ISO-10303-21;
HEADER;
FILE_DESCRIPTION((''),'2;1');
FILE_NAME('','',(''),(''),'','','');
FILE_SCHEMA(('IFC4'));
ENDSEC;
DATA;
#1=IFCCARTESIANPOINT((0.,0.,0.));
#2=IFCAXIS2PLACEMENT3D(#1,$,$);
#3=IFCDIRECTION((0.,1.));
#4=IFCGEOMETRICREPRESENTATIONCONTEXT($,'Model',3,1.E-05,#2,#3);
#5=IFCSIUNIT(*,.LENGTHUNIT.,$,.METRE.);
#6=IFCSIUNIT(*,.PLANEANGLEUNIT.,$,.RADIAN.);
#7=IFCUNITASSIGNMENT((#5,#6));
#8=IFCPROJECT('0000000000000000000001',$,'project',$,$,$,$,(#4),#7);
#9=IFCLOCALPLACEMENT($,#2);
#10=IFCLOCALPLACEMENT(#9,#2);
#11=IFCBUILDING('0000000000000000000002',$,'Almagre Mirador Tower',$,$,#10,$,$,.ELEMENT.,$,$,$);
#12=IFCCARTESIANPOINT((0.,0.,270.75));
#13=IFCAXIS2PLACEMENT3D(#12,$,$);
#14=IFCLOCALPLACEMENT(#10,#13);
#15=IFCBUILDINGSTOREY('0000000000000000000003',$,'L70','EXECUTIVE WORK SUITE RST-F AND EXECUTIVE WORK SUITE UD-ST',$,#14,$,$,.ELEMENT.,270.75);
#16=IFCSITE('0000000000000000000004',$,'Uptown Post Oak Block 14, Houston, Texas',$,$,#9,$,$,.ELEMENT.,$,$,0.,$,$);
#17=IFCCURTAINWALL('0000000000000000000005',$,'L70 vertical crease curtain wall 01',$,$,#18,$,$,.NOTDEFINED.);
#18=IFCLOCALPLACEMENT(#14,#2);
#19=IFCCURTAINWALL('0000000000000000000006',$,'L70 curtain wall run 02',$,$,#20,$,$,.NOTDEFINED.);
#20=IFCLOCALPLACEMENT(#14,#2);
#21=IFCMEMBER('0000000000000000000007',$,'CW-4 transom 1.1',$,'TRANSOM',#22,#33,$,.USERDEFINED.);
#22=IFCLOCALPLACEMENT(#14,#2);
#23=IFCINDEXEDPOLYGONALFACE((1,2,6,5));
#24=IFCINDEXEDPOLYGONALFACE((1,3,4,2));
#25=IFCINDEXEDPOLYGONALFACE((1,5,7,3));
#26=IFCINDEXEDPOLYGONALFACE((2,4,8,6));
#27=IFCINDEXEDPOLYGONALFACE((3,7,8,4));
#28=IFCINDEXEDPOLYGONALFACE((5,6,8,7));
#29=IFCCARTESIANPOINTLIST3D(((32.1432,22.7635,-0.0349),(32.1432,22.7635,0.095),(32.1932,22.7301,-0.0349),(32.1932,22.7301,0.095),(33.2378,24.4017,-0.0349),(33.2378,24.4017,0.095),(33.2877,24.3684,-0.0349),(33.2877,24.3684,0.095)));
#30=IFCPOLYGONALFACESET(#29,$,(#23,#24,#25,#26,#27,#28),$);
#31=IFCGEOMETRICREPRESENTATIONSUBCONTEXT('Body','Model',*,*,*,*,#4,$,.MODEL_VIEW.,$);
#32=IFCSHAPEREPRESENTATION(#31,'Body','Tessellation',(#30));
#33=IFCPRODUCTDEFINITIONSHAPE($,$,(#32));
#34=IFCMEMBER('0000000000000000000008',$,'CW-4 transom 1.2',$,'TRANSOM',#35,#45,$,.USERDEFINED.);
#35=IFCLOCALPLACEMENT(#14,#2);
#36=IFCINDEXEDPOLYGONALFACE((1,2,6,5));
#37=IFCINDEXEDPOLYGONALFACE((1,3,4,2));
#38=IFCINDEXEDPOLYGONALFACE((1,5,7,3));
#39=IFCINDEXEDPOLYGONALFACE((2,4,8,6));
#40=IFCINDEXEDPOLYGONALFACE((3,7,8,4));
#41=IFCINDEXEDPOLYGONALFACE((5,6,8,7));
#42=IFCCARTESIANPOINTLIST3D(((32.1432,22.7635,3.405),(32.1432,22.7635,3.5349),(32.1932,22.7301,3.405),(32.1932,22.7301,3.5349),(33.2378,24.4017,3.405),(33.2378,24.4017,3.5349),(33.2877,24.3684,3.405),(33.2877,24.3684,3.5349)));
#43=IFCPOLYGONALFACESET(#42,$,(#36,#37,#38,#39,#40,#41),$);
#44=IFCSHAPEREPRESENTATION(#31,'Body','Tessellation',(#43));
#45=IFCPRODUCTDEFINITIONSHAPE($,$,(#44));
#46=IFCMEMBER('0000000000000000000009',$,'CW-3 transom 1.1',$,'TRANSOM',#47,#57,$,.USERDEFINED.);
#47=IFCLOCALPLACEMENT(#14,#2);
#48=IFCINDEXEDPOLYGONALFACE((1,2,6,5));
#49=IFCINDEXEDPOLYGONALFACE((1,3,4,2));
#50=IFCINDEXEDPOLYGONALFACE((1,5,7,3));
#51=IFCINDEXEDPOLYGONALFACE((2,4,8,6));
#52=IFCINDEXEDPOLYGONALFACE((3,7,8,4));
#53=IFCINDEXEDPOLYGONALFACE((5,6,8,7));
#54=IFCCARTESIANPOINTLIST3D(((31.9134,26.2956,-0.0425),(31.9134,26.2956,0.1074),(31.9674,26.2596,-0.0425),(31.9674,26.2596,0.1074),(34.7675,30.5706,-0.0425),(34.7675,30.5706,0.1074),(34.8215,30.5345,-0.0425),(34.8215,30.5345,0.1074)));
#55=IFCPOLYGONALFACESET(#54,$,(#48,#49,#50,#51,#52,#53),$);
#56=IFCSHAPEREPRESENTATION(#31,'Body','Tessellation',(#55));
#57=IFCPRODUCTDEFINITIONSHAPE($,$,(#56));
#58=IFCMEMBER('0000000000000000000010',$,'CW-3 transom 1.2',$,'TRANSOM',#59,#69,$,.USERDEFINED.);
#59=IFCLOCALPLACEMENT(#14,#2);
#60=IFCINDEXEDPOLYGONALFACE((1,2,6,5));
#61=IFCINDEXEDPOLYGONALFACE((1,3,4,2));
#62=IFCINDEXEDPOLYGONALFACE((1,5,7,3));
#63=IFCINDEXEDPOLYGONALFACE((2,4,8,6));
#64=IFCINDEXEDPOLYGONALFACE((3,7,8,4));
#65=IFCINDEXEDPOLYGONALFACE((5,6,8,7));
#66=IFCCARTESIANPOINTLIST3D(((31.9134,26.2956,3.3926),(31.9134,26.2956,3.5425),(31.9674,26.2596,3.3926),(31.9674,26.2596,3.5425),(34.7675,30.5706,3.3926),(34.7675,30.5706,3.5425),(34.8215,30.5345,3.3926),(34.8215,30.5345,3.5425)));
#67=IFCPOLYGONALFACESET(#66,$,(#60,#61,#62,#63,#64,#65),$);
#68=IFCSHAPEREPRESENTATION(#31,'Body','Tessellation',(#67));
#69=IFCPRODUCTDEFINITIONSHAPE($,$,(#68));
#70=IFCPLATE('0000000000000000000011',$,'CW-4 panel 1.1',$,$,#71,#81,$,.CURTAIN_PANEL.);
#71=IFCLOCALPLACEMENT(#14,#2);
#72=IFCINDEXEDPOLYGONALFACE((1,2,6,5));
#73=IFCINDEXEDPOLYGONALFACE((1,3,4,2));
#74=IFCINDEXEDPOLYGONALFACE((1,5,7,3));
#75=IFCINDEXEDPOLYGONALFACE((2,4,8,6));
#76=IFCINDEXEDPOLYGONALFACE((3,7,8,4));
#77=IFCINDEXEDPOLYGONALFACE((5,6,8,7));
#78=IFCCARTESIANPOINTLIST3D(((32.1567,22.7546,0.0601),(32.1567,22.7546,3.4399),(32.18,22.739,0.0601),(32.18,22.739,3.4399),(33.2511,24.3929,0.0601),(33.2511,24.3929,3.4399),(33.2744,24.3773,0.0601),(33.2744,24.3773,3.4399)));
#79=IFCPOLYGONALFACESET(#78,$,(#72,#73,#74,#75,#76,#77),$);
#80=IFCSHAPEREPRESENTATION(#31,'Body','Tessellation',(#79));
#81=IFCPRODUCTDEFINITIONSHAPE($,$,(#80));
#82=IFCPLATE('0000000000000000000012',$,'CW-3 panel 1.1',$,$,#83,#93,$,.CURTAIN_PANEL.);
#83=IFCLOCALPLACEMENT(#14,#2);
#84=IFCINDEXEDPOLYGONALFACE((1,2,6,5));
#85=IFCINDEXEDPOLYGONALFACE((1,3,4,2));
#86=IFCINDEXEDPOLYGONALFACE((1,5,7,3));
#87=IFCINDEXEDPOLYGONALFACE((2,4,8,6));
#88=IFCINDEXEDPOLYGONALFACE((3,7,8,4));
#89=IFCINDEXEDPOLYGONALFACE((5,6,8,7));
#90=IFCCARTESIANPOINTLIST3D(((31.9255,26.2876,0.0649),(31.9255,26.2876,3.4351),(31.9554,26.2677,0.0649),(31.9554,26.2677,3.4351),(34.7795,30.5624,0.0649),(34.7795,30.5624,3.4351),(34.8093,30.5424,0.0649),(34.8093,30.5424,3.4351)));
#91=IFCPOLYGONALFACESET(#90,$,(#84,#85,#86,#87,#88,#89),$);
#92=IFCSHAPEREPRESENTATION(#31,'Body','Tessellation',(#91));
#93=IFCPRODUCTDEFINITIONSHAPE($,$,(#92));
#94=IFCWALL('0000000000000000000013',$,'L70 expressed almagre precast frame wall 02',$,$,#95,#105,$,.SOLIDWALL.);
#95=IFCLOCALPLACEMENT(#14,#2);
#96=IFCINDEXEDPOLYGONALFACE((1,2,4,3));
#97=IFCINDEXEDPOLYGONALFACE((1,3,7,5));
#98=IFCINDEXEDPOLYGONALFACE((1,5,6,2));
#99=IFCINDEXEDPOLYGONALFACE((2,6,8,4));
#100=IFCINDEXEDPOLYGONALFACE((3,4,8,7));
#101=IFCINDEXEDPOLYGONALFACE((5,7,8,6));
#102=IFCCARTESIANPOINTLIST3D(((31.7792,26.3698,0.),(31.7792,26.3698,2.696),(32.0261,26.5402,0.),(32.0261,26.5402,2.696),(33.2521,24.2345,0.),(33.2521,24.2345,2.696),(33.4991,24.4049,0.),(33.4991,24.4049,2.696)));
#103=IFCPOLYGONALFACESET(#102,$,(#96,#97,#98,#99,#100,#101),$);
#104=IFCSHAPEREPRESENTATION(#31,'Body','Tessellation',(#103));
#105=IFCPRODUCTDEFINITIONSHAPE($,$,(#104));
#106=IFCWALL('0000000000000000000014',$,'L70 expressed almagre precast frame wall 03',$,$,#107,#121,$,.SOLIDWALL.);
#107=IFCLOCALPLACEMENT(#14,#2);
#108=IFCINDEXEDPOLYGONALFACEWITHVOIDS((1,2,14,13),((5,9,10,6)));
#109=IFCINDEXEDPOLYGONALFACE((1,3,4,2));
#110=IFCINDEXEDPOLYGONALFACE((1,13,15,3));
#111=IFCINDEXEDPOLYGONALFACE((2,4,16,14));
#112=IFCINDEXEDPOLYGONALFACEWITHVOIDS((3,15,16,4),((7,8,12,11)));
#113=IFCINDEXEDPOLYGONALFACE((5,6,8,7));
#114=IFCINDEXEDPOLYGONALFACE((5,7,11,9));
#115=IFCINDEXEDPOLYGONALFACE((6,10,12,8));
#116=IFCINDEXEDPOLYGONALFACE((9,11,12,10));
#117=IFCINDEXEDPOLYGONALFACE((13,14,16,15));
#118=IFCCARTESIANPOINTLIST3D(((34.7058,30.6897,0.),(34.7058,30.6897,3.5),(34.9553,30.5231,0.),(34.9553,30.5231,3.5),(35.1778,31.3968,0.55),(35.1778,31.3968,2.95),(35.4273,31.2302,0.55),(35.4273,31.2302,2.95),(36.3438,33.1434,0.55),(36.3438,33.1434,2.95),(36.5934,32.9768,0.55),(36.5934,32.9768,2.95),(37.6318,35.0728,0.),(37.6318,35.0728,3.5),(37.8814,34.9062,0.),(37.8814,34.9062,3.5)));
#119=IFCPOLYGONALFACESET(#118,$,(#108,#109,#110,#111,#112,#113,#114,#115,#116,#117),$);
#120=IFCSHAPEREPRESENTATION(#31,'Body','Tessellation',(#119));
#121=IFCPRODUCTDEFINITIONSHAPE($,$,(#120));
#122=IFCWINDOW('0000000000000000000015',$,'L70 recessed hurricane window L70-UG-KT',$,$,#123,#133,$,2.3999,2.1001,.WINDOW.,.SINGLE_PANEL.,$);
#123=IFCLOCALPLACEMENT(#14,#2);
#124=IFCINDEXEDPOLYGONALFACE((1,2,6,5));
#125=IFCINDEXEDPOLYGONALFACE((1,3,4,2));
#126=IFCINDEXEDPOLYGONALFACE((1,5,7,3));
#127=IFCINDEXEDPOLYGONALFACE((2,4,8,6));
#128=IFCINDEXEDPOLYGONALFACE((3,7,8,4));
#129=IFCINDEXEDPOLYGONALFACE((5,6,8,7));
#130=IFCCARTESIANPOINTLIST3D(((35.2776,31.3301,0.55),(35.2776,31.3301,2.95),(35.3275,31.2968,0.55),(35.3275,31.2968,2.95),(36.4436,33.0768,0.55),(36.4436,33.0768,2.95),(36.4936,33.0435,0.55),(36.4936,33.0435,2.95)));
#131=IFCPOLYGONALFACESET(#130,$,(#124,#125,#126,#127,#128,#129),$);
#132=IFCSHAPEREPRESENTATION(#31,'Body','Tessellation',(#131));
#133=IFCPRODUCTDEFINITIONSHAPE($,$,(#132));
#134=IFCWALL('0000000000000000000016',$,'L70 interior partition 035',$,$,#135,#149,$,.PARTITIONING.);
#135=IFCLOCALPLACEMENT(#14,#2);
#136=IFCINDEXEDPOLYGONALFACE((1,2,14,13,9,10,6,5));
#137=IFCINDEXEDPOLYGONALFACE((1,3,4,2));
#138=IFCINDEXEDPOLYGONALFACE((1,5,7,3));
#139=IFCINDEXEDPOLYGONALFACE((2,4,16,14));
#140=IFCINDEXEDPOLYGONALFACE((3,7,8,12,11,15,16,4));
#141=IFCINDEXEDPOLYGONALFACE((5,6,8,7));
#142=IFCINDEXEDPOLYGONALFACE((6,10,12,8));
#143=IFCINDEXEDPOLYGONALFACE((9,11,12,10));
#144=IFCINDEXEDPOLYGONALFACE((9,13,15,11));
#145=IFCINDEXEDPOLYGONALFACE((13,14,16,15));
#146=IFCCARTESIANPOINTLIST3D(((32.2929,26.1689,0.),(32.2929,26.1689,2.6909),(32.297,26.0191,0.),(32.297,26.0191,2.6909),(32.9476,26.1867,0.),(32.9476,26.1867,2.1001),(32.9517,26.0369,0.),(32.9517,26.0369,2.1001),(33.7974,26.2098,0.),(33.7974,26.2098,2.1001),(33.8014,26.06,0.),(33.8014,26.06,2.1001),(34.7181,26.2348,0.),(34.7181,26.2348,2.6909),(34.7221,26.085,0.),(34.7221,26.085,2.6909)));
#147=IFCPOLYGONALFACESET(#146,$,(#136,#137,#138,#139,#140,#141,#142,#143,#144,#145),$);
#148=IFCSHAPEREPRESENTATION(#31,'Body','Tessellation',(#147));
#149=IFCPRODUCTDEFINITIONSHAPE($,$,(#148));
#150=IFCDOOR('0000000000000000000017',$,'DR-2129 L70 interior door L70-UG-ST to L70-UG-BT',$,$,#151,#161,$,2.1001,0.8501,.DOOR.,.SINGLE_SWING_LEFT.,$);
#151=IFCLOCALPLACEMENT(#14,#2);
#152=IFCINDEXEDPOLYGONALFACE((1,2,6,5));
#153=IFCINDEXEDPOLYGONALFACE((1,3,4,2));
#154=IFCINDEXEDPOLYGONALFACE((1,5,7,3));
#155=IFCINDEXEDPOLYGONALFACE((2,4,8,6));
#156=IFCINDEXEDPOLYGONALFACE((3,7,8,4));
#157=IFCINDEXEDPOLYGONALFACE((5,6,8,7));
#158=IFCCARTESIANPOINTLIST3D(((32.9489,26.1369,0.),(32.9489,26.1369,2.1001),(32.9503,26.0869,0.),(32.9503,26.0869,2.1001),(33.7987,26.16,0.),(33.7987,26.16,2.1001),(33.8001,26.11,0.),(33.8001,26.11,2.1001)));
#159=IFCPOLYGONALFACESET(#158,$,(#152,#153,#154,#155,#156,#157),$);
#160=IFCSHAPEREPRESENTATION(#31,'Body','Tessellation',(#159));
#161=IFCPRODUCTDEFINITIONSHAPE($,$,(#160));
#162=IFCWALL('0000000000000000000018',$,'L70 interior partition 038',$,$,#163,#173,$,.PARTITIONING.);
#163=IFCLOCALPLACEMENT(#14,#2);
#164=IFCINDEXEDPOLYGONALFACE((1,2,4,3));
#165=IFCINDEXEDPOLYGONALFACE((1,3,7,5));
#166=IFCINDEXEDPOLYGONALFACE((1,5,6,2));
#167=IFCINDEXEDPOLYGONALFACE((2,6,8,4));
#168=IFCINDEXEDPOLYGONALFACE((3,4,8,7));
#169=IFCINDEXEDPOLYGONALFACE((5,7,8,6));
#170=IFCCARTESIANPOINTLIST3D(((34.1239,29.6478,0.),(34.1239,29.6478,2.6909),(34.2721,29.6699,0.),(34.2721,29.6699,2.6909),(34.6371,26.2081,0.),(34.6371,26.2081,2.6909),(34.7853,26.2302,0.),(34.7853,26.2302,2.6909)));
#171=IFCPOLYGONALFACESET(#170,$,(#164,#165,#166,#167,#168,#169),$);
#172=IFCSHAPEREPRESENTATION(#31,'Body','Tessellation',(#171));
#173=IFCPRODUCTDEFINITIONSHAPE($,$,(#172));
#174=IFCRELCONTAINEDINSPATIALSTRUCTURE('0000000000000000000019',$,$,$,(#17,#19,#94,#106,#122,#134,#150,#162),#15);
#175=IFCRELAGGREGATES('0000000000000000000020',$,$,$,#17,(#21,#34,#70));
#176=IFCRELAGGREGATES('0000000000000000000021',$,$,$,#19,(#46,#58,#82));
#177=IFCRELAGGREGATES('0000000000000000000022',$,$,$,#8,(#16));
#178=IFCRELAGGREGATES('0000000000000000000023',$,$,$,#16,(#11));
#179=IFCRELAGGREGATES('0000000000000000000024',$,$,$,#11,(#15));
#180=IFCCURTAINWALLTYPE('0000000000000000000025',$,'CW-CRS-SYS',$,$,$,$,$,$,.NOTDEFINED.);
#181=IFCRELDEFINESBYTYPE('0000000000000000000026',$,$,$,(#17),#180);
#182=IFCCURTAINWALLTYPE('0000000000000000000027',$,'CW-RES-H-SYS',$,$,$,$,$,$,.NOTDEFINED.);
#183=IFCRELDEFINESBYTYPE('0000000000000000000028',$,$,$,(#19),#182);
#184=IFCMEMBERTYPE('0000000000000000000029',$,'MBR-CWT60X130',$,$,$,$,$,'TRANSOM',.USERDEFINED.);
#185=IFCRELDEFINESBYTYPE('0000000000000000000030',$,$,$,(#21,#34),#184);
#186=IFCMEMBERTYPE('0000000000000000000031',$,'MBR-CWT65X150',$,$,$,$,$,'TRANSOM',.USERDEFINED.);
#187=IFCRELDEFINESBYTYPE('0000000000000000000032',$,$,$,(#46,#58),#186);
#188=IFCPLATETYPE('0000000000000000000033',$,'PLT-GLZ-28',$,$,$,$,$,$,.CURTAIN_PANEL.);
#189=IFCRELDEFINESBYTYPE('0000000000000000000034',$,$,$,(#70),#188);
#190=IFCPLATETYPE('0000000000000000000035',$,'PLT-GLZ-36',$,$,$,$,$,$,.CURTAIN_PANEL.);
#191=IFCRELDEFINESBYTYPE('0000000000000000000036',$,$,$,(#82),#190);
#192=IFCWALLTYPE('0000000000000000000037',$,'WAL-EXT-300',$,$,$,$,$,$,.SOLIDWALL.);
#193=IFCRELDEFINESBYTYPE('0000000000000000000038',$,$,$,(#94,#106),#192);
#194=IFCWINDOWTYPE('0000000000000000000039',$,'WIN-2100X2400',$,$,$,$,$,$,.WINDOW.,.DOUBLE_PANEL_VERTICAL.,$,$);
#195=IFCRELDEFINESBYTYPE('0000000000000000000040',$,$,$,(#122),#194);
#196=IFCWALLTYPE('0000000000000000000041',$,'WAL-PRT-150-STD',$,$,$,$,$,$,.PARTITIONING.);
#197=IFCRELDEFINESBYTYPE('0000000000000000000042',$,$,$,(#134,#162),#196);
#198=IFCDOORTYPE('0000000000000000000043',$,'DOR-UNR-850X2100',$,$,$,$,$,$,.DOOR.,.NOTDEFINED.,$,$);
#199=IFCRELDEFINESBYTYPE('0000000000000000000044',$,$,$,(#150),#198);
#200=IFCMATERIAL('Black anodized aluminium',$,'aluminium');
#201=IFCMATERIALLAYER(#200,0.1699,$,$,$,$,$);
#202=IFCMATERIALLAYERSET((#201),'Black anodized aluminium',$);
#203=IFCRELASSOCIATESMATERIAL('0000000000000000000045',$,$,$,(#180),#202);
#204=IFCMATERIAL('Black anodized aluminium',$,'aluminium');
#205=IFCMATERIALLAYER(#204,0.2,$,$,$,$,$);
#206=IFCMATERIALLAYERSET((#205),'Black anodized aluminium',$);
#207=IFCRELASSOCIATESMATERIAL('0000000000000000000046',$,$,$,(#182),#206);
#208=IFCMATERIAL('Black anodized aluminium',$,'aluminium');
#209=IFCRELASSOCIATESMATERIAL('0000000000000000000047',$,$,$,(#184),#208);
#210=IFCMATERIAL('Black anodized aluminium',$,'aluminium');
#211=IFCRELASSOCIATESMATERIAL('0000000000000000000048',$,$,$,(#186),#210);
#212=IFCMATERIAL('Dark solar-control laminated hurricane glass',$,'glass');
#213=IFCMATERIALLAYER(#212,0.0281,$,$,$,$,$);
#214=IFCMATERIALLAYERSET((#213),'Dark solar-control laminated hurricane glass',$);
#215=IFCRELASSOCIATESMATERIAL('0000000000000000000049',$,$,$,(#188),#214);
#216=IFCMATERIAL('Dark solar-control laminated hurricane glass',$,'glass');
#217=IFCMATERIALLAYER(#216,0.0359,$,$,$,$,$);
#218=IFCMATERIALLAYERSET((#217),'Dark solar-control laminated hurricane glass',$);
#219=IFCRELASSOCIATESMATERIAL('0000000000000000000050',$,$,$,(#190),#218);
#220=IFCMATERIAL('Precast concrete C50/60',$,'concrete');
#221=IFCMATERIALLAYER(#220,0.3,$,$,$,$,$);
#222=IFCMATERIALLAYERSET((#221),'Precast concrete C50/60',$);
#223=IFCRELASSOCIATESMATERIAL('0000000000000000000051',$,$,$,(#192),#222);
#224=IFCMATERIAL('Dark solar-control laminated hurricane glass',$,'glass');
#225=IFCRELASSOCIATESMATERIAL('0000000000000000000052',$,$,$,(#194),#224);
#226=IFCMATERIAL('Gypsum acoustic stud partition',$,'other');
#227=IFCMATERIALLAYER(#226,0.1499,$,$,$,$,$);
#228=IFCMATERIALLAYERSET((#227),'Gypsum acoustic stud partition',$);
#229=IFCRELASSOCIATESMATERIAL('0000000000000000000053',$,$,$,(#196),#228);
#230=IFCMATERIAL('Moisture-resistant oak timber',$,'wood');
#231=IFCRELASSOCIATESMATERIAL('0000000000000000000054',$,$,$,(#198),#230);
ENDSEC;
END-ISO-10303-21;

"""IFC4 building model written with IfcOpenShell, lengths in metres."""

from ifc_helpers import new_model, si_unit, direction, frame, frame_2d, origin, origin_2d, place, context, subcontext, project, spatial, rectangle, extrude, material, layer, layer_set, material_profile, profile_set, type_object, element, fill, aggregate, save


model = new_model("IFC4")

# Units and contexts
model_context = context("Model", 3, precision=1e-05, world=origin(), true_north=direction((0.0, 1.0)))
body_context = subcontext(model_context, "Body", "Model", "MODEL_VIEW")
ifc_project = project(units=[si_unit("LENGTHUNIT", "METRE"), si_unit("PLANEANGLEUNIT", "RADIAN")], contexts=[model_context])

# Site, building, storey
site_placement = place(None, origin())
site = spatial("IfcSite", under=ifc_project, at=site_placement, Name="Uptown Post Oak Block 14, Houston, Texas", CompositionType="ELEMENT", RefElevation=0.0)
building_placement = place(site_placement, origin())
building = spatial("IfcBuilding", under=site, at=building_placement, Name="Almagre Mirador Tower", CompositionType="ELEMENT")
storey_placement = place(building_placement, frame((0.0, 0.0, 270.75)))
storey = spatial("IfcBuildingStorey", under=building, at=storey_placement, Name="L70", Description="EXECUTIVE WORK SUITE RST-F AND EXECUTIVE WORK SUITE UD-ST", CompositionType="ELEMENT", Elevation=270.75)

# Curtain walls
ifc_material_1 = material(Name="Black anodized aluminium", Category="aluminium")
ifc_layer_1 = layer(ifc_material_1, 0.1699)
ifc_layer_set_1 = layer_set([ifc_layer_1], Name="Black anodized aluminium")
curtain_wall_type_1 = type_object("IfcCurtainWallType", Name="CW-CRS-SYS", PredefinedType="NOTDEFINED", material=ifc_layer_set_1)
curtain_wall_1_placement = place(storey_placement, origin())
curtain_wall_1 = element("IfcCurtainWall", 1, at=curtain_wall_1_placement, inside=storey, type_object=curtain_wall_type_1, Name="L70 vertical crease curtain wall 01", PredefinedType="NOTDEFINED")
ifc_material_2 = material(Name="Black anodized aluminium", Category="aluminium")
ifc_layer_2 = layer(ifc_material_2, 0.2)
ifc_layer_set_2 = layer_set([ifc_layer_2], Name="Black anodized aluminium")
curtain_wall_type_2 = type_object("IfcCurtainWallType", Name="CW-RES-H-SYS", PredefinedType="NOTDEFINED", material=ifc_layer_set_2)
curtain_wall_2_placement = place(storey_placement, origin())
curtain_wall_2 = element("IfcCurtainWall", 2, at=curtain_wall_2_placement, inside=storey, type_object=curtain_wall_type_2, Name="L70 curtain wall run 02", PredefinedType="NOTDEFINED")

# Members
ifc_material_3 = material(Name="Black anodized aluminium", Category="aluminium")
ifc_material_profile_1 = material_profile(ifc_material_3, rectangle(XDim=0.0601, YDim=0.1299, at=origin_2d()), Name="CWT60X130")
ifc_profile_set_1 = profile_set([ifc_material_profile_1], Name="Black anodized aluminium")
member_type_1 = type_object("IfcMemberType", Name="MBR-CWT60X130", ElementType="TRANSOM", PredefinedType="USERDEFINED", material=ifc_profile_set_1)
member_1_placement = place(storey_placement, frame((32.1682, 22.7468, 0.03), z_axis=(0.555529, 0.831497, 0.0), x_axis=(-0.831497, 0.555529, 0.0)))
member_1 = element("IfcMember", 3, at=member_1_placement, type_object=member_type_1, Name="CW-4 transom 1.1", ObjectType="TRANSOM", PredefinedType="USERDEFINED", context=body_context, shape_type="SweptSolid", body=[
    extrude(rectangle(XDim=0.0601, YDim=0.1299, at=origin_2d()), origin(), (0.0, 0.0, 1.0), 1.9702),
])
member_2_placement = place(storey_placement, frame((32.1682, 22.7468, 3.47), z_axis=(0.555529, 0.831497, 0.0), x_axis=(-0.831497, 0.555529, 0.0)))
member_2 = element("IfcMember", 4, at=member_2_placement, type_object=member_type_1, Name="CW-4 transom 1.2", ObjectType="TRANSOM", PredefinedType="USERDEFINED", context=body_context, shape_type="SweptSolid", body=[
    extrude(rectangle(XDim=0.0601, YDim=0.1299, at=origin_2d()), origin(), (0.0, 0.0, 1.0), 1.9702),
])
ifc_material_4 = material(Name="Black anodized aluminium", Category="aluminium")
ifc_material_profile_2 = material_profile(ifc_material_4, rectangle(XDim=0.0649, YDim=0.1499, at=origin_2d()), Name="CWT65X150")
ifc_profile_set_2 = profile_set([ifc_material_profile_2], Name="Black anodized aluminium")
member_type_2 = type_object("IfcMemberType", Name="MBR-CWT65X150", ElementType="TRANSOM", PredefinedType="USERDEFINED", material=ifc_profile_set_2)
member_3_placement = place(storey_placement, frame((31.9404, 26.2776, 0.0325), z_axis=(0.555248, 0.831685, 0.0), x_axis=(-0.831685, 0.555248, 0.0)))
member_3 = element("IfcMember", 5, at=member_3_placement, type_object=member_type_2, Name="CW-3 transom 1.1", ObjectType="TRANSOM", PredefinedType="USERDEFINED", context=body_context, shape_type="SweptSolid", body=[
    extrude(rectangle(XDim=0.0649, YDim=0.1499, at=origin_2d()), origin(), (0.0, 0.0, 1.0), 5.1401),
])
member_4_placement = place(storey_placement, frame((31.9404, 26.2776, 3.4675), z_axis=(0.555248, 0.831685, 0.0), x_axis=(-0.831685, 0.555248, 0.0)))
member_4 = element("IfcMember", 6, at=member_4_placement, type_object=member_type_2, Name="CW-3 transom 1.2", ObjectType="TRANSOM", PredefinedType="USERDEFINED", context=body_context, shape_type="SweptSolid", body=[
    extrude(rectangle(XDim=0.0649, YDim=0.1499, at=origin_2d()), origin(), (0.0, 0.0, 1.0), 5.1401),
])

# Plates
ifc_material_5 = material(Name="Dark solar-control laminated hurricane glass", Category="glass")
ifc_layer_3 = layer(ifc_material_5, 0.0281)
ifc_layer_set_3 = layer_set([ifc_layer_3], Name="Dark solar-control laminated hurricane glass")
plate_type_1 = type_object("IfcPlateType", Name="PLT-GLZ-28", PredefinedType="CURTAIN_PANEL", material=ifc_layer_set_3)
plate_1_placement = place(storey_placement, frame((32.7156, 23.5659, 0.0601), z_axis=(0.0, 0.0, 1.0), x_axis=(0.555473, 0.831535, 0.0)))
plate_1 = element("IfcPlate", 7, at=plate_1_placement, type_object=plate_type_1, Name="CW-4 panel 1.1", PredefinedType="CURTAIN_PANEL", context=body_context, shape_type="SweptSolid", body=[
    extrude(rectangle(XDim=1.9702, YDim=0.0281, at=origin_2d()), origin(), (0.0, 0.0, 1.0), 3.3799),
])
aggregate(curtain_wall_1, [member_1, member_2, plate_1])
ifc_material_6 = material(Name="Dark solar-control laminated hurricane glass", Category="glass")
ifc_layer_4 = layer(ifc_material_6, 0.0359)
ifc_layer_set_4 = layer_set([ifc_layer_4], Name="Dark solar-control laminated hurricane glass")
plate_type_2 = type_object("IfcPlateType", Name="PLT-GLZ-36", PredefinedType="CURTAIN_PANEL", material=ifc_layer_set_4)
plate_2_placement = place(storey_placement, frame((33.3674, 28.415, 0.0649), z_axis=(0.0, 0.0, 1.0), x_axis=(0.555261, 0.831676, 0.0)))
plate_2 = element("IfcPlate", 8, at=plate_2_placement, type_object=plate_type_2, Name="CW-3 panel 1.1", PredefinedType="CURTAIN_PANEL", context=body_context, shape_type="SweptSolid", body=[
    extrude(rectangle(XDim=5.1399, YDim=0.0359, at=origin_2d()), origin(), (0.0, 0.0, 1.0), 3.3701),
])
aggregate(curtain_wall_2, [member_3, member_4, plate_2])

# Wall
ifc_material_7 = material(Name="Precast concrete C50/60", Category="concrete")
ifc_layer_5 = layer(ifc_material_7, 0.3)
ifc_layer_set_5 = layer_set([ifc_layer_5], Name="Precast concrete C50/60")
wall_type_1 = type_object("IfcWallType", Name="WAL-EXT-300", PredefinedType="SOLIDWALL", material=ifc_layer_set_5)
wall_1_placement = place(storey_placement, frame((33.3755, 24.3198, 0.0), z_axis=(0.0, 0.0, 1.0), x_axis=(-0.567814, 0.823157, 0.0)))
element("IfcWall", 9, at=wall_1_placement, inside=storey, type_object=wall_type_1, Name="L70 expressed almagre precast frame wall 02", PredefinedType="SOLIDWALL", context=body_context, shape_type="SweptSolid", body=[
    extrude(rectangle(XDim=2.594, YDim=0.3, at=frame_2d((1.2969, 0.0))), origin(), (0.0, 0.0, 1.0), 2.696),
])

# Wall, opening, window
wall_2_placement = place(storey_placement, frame((34.8306, 30.6064, 0.0), z_axis=(0.0, 0.0, 1.0), x_axis=(0.555224, 0.831701, 0.0)))
wall_2 = element("IfcWall", 10, at=wall_2_placement, inside=storey, type_object=wall_type_1, Name="L70 expressed almagre precast frame wall 03", PredefinedType="SOLIDWALL", context=body_context, shape_type="SweptSolid", body=[
    extrude(rectangle(XDim=5.27, YDim=0.3, at=frame_2d((2.635, 0.0))), origin(), (0.0, 0.0, 1.0), 3.5),
])
opening_1_placement = place(wall_2_placement, frame((0.8501, 0.0, 0.55)))
opening_1 = element("IfcOpeningElement", 11, at=opening_1_placement, cuts=wall_2, PredefinedType="OPENING", context=body_context, shape_type="SweptSolid", body=[
    extrude(rectangle(XDim=2.1001, YDim=2.3999, at=frame_2d((1.05, 1.2))), frame((0.0, 0.1599, 0.0), z_axis=(0.0, -1.0, 0.0), x_axis=(1.0, 0.0, 0.0)), (0.0, 0.0, 1.0), 0.32),
])
ifc_material_8 = material(Name="Dark solar-control laminated hurricane glass", Category="glass")
window_type = type_object("IfcWindowType", Name="WIN-2100X2400", PartitioningType="DOUBLE_PANEL_VERTICAL", PredefinedType="WINDOW", material=ifc_material_8)
window_placement = place(opening_1_placement, origin())
window = element("IfcWindow", 12, at=window_placement, inside=storey, type_object=window_type, Name="L70 recessed hurricane window L70-UG-KT", OverallHeight=2.3999, OverallWidth=2.1001, PartitioningType="SINGLE_PANEL", PredefinedType="WINDOW", context=body_context, shape_type="SweptSolid", body=[
    extrude(rectangle(XDim=2.1001, YDim=2.3999, at=frame_2d((1.05, 1.2))), frame((0.0, 0.03, 0.0), z_axis=(0.0, -1.0, 0.0), x_axis=(1.0, 0.0, 0.0)), (0.0, 0.0, 1.0), 0.0601),
])
fill(opening_1, window)

# Wall, opening, door
ifc_material_9 = material(Name="Gypsum acoustic stud partition", Category="other")
ifc_layer_6 = layer(ifc_material_9, 0.1499)
ifc_layer_set_6 = layer_set([ifc_layer_6], Name="Gypsum acoustic stud partition")
wall_type_2 = type_object("IfcWallType", Name="WAL-PRT-150-STD", PredefinedType="PARTITIONING", material=ifc_layer_set_6)
wall_3_placement = place(storey_placement, frame((34.72, 26.1599, 0.0), z_axis=(0.0, 0.0, 1.0), x_axis=(-0.999631, -0.027172, 0.0)))
wall_3 = element("IfcWall", 13, at=wall_3_placement, inside=storey, type_object=wall_type_2, Name="L70 interior partition 035", PredefinedType="PARTITIONING", context=body_context, shape_type="SweptSolid", body=[
    extrude(rectangle(XDim=2.426, YDim=0.1499, at=frame_2d((1.2129, 0.0))), origin(), (0.0, 0.0, 1.0), 2.6909),
])
opening_2_placement = place(wall_3_placement, frame((0.9209, 0.0, 0.0)))
opening_2 = element("IfcOpeningElement", 14, at=opening_2_placement, cuts=wall_3, PredefinedType="OPENING", context=body_context, shape_type="SweptSolid", body=[
    extrude(rectangle(XDim=0.8501, YDim=2.1001, at=frame_2d((0.425, 1.05))), frame((0.0, 0.085, 0.0), z_axis=(0.0, -1.0, 0.0), x_axis=(1.0, 0.0, 0.0)), (0.0, 0.0, 1.0), 0.1699),
])
ifc_material_10 = material(Name="Moisture-resistant oak timber", Category="wood")
door_type_1 = type_object("IfcDoorType", Name="DOR-UNR-850X2100", OperationType="NOTDEFINED", PredefinedType="DOOR", material=ifc_material_10)
door_1_placement = place(opening_2_placement, origin())
door_1 = element("IfcDoor", 15, at=door_1_placement, inside=storey, type_object=door_type_1, Name="DR-2129 L70 interior door L70-UG-ST to L70-UG-BT", OperationType="SINGLE_SWING_LEFT", OverallHeight=2.1001, OverallWidth=0.8501, PredefinedType="DOOR", context=body_context, shape_type="SweptSolid", body=[
    extrude(rectangle(XDim=0.8501, YDim=2.1001, at=frame_2d((0.425, 1.05))), frame((0.0, 0.0249, 0.0), z_axis=(0.0, -1.0, 0.0), x_axis=(1.0, 0.0, 0.0)), (0.0, 0.0, 1.0), 0.05),
])
fill(opening_2, door_1)

# Wall
wall_4_placement = place(storey_placement, frame((34.7112, 26.2192, 0.0), z_axis=(0.0, 0.0, 1.0), x_axis=(-0.147561, 0.989053, 0.0)))
element("IfcWall", 16, at=wall_4_placement, inside=storey, type_object=wall_type_2, Name="L70 interior partition 038", PredefinedType="PARTITIONING", context=body_context, shape_type="SweptSolid", body=[
    extrude(rectangle(XDim=3.4778, YDim=0.1499, at=frame_2d((1.7388, 0.0))), origin(), (0.0, 0.0, 1.0), 2.6909),
])

save(model, "model.ifc")
